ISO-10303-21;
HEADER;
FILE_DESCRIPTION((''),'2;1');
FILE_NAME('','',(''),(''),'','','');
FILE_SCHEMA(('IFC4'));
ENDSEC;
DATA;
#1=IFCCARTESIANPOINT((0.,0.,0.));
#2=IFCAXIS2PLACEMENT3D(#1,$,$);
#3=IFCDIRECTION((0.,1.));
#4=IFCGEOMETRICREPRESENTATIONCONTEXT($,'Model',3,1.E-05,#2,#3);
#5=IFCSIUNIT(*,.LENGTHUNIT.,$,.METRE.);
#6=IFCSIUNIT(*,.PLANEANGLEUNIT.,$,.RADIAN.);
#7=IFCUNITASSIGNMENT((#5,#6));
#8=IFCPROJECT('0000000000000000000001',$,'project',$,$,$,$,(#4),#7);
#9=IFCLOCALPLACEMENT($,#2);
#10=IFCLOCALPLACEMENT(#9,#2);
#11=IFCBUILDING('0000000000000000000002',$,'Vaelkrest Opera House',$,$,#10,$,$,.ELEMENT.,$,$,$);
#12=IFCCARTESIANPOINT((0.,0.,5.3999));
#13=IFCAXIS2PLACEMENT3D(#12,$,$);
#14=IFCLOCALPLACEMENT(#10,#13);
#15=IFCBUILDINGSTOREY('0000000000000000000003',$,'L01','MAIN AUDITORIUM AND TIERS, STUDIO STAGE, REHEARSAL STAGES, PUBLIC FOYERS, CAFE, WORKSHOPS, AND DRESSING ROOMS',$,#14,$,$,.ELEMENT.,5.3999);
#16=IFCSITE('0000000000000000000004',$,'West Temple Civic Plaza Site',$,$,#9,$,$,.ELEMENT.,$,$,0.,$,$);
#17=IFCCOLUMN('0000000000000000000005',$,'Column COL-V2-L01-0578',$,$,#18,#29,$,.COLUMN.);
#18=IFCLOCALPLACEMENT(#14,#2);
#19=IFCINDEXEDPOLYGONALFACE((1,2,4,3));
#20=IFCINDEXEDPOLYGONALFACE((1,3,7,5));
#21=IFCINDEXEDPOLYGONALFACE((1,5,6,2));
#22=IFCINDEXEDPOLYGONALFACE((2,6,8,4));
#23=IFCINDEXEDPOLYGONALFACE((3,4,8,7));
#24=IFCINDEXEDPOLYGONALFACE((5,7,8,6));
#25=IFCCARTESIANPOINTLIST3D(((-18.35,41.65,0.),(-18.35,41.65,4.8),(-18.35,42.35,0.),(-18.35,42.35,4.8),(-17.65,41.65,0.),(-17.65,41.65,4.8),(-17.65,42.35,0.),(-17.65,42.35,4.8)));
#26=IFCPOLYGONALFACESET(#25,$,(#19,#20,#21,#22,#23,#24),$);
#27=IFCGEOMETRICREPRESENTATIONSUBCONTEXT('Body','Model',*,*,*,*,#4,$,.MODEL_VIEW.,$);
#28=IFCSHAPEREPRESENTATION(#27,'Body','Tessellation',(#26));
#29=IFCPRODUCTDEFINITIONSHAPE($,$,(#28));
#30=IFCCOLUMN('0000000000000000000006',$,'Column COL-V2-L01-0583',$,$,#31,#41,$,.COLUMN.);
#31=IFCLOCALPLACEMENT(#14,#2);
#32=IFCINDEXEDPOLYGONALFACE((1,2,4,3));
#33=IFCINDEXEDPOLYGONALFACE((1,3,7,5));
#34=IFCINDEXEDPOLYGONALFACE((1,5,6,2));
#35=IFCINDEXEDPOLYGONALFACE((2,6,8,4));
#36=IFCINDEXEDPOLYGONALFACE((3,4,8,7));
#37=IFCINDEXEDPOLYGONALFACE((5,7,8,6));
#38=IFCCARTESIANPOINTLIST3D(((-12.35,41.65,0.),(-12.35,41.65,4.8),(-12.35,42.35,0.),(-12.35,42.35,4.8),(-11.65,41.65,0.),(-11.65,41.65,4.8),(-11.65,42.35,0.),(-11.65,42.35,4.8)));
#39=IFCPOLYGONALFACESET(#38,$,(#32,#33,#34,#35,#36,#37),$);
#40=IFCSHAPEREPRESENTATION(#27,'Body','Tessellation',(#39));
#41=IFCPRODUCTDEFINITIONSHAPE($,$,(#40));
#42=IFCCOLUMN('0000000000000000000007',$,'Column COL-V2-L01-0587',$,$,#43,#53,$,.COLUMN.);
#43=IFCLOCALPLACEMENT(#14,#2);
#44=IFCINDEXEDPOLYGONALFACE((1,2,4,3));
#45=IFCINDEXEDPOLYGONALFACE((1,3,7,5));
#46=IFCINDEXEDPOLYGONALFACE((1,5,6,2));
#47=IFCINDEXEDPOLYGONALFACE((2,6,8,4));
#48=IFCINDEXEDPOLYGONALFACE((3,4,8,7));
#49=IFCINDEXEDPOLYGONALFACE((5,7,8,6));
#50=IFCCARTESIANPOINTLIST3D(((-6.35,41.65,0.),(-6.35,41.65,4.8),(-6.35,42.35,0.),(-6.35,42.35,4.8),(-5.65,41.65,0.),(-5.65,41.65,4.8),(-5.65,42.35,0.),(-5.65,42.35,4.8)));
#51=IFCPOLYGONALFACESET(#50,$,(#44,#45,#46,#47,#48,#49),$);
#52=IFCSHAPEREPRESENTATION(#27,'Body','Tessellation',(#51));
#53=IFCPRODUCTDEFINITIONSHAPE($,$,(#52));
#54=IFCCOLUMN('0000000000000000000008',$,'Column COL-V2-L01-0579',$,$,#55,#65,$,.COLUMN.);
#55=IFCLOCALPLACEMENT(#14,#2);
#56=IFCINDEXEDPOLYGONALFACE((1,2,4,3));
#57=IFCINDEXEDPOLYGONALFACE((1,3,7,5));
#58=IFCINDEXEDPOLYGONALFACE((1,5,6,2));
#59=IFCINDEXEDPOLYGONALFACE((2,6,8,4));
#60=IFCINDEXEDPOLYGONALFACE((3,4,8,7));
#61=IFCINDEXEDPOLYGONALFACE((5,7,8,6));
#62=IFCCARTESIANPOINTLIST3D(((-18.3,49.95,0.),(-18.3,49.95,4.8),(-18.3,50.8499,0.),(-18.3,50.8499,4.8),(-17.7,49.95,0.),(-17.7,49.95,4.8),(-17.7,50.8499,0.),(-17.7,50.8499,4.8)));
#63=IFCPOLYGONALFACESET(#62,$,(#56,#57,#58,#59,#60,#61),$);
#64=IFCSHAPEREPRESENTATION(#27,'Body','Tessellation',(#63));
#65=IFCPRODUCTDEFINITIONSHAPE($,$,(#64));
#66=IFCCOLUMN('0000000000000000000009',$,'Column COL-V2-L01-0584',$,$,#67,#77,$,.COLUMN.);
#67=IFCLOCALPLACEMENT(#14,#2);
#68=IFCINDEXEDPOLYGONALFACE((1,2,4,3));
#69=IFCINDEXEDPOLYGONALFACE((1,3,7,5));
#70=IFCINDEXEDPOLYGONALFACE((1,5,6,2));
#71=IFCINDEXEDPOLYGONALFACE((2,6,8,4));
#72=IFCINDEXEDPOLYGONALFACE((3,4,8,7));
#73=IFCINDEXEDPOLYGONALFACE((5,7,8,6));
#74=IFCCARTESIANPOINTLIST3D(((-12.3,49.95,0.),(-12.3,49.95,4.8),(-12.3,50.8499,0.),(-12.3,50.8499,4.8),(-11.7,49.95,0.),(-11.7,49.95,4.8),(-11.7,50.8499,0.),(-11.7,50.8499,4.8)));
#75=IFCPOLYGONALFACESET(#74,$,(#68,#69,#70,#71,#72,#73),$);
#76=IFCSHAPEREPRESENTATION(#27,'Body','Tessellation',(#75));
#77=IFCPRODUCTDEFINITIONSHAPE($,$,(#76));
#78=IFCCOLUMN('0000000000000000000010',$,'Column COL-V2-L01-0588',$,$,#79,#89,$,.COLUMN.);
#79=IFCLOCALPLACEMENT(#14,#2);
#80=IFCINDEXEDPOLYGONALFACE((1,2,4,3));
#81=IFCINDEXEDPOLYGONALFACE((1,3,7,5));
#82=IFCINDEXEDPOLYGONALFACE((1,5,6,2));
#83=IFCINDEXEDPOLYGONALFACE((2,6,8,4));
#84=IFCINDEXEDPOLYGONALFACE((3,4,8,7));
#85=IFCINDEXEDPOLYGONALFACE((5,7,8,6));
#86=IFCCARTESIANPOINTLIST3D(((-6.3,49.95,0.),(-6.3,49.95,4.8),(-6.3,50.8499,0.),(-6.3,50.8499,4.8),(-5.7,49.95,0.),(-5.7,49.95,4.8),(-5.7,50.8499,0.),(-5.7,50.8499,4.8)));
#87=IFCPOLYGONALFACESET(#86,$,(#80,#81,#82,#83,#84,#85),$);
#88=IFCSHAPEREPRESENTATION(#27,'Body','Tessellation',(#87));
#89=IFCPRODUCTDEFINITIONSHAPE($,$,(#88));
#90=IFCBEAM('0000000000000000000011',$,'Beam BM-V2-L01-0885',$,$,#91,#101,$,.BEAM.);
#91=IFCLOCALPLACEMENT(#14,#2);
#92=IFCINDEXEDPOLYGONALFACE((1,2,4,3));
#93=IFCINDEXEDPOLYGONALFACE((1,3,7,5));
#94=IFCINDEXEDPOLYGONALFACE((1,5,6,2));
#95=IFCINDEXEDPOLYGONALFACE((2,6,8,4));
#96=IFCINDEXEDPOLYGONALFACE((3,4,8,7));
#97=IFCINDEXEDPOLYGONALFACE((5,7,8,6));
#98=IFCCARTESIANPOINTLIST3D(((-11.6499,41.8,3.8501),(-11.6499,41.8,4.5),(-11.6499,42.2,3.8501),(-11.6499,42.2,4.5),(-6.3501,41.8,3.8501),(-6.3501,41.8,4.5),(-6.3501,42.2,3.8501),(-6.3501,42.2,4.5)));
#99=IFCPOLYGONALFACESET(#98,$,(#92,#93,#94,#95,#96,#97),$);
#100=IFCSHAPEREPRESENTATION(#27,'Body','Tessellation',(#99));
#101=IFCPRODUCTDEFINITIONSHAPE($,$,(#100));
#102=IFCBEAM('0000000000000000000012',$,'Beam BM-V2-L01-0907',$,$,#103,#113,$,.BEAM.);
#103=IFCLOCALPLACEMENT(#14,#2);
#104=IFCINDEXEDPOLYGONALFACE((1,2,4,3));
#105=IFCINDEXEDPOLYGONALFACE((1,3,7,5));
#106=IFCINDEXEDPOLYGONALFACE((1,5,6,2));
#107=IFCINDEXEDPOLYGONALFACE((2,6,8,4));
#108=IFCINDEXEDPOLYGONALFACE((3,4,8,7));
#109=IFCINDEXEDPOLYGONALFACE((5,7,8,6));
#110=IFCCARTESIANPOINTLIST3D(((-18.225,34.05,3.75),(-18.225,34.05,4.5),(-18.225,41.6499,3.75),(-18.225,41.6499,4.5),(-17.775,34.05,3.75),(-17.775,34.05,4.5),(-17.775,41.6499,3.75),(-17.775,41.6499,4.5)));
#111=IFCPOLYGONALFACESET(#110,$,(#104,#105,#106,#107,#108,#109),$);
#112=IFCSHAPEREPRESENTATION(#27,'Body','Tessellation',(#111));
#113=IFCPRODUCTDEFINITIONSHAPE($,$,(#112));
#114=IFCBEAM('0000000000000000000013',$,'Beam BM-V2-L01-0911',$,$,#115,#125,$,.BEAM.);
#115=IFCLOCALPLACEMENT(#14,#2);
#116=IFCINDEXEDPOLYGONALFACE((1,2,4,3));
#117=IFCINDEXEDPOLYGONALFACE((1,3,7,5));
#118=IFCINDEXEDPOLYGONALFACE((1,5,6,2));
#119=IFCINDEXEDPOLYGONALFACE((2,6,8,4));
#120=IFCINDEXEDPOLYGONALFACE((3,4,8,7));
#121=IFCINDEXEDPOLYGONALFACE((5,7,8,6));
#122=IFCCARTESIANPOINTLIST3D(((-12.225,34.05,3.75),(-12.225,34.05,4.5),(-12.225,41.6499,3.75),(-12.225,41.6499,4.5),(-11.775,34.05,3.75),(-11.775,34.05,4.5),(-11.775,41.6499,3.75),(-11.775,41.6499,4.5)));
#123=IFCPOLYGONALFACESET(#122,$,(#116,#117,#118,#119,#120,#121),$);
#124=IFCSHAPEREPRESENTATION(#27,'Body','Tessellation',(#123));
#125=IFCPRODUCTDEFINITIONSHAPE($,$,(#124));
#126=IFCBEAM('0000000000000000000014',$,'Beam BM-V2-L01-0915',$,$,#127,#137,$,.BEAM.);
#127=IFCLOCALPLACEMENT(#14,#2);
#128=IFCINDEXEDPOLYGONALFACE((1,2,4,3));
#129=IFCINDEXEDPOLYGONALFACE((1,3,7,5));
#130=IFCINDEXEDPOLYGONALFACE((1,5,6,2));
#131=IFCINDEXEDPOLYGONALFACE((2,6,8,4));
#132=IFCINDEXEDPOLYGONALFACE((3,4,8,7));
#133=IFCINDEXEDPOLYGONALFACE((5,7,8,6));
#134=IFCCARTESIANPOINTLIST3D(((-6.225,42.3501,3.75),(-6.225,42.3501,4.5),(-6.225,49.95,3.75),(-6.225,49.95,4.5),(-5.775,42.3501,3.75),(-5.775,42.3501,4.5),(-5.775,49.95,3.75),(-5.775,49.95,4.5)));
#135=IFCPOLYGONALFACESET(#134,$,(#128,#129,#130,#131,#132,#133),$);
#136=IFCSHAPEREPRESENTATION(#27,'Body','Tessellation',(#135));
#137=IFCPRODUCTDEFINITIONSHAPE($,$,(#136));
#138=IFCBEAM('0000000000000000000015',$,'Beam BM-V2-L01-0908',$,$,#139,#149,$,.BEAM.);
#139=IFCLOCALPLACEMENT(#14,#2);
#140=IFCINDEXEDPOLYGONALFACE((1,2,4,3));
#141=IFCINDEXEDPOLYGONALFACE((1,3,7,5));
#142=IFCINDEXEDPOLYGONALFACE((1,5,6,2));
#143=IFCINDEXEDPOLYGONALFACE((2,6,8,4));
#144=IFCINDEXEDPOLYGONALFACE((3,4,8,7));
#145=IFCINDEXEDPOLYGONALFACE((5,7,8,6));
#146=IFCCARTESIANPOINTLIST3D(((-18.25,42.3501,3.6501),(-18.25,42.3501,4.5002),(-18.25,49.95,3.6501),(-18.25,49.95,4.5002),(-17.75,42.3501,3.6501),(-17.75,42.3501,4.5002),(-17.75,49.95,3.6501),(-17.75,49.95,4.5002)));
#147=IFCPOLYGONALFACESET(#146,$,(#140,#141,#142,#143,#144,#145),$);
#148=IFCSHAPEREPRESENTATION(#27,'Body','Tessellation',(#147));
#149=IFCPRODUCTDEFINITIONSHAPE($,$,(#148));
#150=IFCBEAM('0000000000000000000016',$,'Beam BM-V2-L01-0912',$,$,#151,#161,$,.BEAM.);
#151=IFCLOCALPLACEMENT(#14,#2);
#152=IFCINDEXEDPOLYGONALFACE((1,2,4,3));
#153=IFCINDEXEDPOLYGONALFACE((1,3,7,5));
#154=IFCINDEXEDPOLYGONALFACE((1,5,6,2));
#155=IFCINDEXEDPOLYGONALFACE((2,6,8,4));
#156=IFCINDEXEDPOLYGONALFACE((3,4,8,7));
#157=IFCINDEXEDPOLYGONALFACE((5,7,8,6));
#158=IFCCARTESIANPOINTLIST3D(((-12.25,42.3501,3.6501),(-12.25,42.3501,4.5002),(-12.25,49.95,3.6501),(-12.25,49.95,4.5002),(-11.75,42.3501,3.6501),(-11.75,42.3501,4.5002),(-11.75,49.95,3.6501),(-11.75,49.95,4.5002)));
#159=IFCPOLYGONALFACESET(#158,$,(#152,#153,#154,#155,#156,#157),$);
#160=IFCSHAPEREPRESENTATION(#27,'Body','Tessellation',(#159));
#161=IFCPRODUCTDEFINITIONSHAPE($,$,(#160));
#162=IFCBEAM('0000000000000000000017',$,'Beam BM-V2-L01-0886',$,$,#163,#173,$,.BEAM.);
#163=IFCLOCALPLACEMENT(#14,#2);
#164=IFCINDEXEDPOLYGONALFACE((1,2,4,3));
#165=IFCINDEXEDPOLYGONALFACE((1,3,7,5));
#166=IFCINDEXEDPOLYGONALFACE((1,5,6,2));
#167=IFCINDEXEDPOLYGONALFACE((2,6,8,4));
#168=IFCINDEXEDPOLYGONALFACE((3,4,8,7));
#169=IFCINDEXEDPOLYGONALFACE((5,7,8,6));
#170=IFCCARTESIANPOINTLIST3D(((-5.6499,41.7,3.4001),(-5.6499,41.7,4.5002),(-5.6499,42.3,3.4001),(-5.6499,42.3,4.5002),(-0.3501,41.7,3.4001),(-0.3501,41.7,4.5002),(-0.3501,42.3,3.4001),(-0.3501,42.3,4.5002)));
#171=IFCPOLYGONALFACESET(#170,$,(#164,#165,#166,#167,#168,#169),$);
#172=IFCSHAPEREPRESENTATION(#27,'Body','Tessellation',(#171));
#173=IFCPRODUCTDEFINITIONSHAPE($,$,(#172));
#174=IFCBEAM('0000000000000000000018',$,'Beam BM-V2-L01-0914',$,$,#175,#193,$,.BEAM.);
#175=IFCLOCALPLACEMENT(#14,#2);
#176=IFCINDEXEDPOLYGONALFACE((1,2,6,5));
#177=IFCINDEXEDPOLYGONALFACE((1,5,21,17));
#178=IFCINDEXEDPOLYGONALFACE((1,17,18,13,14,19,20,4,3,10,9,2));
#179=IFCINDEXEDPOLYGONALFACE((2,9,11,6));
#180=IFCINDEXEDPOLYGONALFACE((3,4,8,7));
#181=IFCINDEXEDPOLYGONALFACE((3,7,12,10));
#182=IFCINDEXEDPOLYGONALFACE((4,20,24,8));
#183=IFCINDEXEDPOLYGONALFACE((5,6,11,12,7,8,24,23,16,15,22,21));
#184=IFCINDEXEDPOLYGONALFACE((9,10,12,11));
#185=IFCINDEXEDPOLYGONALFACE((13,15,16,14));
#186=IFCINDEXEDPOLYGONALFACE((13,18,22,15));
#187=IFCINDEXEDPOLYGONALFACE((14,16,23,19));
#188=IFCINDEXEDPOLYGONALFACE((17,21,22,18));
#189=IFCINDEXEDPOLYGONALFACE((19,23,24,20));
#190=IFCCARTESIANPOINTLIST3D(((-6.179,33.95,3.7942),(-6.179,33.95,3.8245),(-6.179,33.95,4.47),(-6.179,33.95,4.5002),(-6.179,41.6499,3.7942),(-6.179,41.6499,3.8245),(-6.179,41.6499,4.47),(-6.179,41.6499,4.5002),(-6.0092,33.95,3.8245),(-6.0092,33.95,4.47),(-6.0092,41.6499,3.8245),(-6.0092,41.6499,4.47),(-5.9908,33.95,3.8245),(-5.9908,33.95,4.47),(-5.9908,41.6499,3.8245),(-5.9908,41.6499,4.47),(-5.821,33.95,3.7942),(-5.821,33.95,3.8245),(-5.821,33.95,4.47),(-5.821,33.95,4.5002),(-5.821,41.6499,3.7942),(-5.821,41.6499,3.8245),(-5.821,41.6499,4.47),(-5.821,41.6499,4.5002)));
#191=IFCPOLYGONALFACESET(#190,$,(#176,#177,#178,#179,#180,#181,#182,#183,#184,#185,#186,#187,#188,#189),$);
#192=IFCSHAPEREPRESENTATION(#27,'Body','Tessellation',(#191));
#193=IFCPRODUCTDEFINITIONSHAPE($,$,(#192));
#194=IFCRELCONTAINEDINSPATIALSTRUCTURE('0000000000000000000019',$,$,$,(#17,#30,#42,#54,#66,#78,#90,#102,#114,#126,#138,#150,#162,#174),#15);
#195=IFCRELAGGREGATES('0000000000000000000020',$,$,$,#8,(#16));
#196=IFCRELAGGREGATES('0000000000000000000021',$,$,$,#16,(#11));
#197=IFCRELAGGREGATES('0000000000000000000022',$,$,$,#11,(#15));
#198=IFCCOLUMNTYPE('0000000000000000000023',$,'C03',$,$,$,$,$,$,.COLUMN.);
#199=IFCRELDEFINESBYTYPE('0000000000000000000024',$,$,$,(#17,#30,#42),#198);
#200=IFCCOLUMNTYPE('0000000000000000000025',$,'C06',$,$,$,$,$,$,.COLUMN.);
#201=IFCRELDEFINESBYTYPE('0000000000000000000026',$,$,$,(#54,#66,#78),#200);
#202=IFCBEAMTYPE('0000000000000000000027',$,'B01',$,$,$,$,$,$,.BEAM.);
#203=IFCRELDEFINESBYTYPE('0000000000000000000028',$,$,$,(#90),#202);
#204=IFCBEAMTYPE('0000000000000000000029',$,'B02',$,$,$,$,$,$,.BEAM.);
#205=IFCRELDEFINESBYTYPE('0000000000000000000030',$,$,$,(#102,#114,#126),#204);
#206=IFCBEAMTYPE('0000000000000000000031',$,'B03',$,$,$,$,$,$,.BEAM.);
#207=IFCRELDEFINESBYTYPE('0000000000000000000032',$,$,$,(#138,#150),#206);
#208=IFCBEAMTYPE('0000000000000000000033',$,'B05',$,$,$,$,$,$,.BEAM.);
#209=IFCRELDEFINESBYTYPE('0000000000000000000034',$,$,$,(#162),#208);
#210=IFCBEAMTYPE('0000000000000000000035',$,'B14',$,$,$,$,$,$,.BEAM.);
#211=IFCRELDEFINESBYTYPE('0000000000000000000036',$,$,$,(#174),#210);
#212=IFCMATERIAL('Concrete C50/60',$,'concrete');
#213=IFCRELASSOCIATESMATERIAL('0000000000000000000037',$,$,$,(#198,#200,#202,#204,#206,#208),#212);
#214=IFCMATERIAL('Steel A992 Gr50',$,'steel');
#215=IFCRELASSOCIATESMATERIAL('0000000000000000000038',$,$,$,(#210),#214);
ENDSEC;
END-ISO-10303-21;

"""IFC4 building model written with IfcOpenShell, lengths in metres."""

from ifc_helpers import new_model, si_unit, direction, frame, origin, origin_2d, place, context, subcontext, project, spatial, rectangle, i_section, extrude, material, material_profile, profile_set, type_object, element, save


model = new_model("IFC4")

# Units and contexts
model_context = context("Model", 3, precision=1e-05, world=origin(), true_north=direction((0.0, 1.0)))
body_context = subcontext(model_context, "Body", "Model", "MODEL_VIEW")
ifc_project = project(units=[si_unit("LENGTHUNIT", "METRE"), si_unit("PLANEANGLEUNIT", "RADIAN")], contexts=[model_context])

# Site, building, storey
site_placement = place(None, origin())
site = spatial("IfcSite", under=ifc_project, at=site_placement, Name="West Temple Civic Plaza Site", CompositionType="ELEMENT", RefElevation=0.0)
building_placement = place(site_placement, origin())
building = spatial("IfcBuilding", under=site, at=building_placement, Name="Vaelkrest Opera House", CompositionType="ELEMENT")
storey_placement = place(building_placement, frame((0.0, 0.0, 5.3999)))
storey = spatial("IfcBuildingStorey", under=building, at=storey_placement, Name="L01", Description="MAIN AUDITORIUM AND TIERS, STUDIO STAGE, REHEARSAL STAGES, PUBLIC FOYERS, CAFE, WORKSHOPS, AND DRESSING ROOMS", CompositionType="ELEMENT", Elevation=5.3999)

# Columns
ifc_material_1 = material(Name="Concrete C50/60", Category="concrete")
ifc_material_profile_1 = material_profile(ifc_material_1, rectangle(XDim=0.7, YDim=0.7, at=origin_2d()), Name="RC700X700")
ifc_profile_set_1 = profile_set([ifc_material_profile_1], Name="Concrete C50/60")
column_type_1 = type_object("IfcColumnType", Name="C03", PredefinedType="COLUMN", material=ifc_profile_set_1)
for number, where, z_axis, x_axis, name in (
    (1, (-18.0, 42.0, 0.0), (0.0, 0.0, 1.0), (1.0, 0.0, 0.0), "Column COL-V2-L01-0578"),
    (2, (-12.0, 42.0, 0.0), (0.0, 0.0, 1.0), (1.0, 0.0, 0.0), "Column COL-V2-L01-0583"),
    (3, (-6.0, 42.0, 0.0), (0.0, 0.0, 1.0), (1.0, 0.0, 0.0), "Column COL-V2-L01-0587"),
):
    element("IfcColumn", number, at=place(storey_placement, frame(where, z_axis=z_axis, x_axis=x_axis)), inside=storey, type_object=column_type_1, Name=name, PredefinedType="COLUMN", context=body_context, shape_type="SweptSolid", body=[
        extrude(rectangle(XDim=0.7, YDim=0.7, at=origin_2d()), origin(), (0.0, 0.0, 1.0), 4.8),
    ])
ifc_material_profile_2 = material_profile(ifc_material_1, rectangle(XDim=0.6001, YDim=0.8999, at=origin_2d()), Name="RC600X900")
ifc_profile_set_2 = profile_set([ifc_material_profile_2], Name="Concrete C50/60")
column_type_2 = type_object("IfcColumnType", Name="C06", PredefinedType="COLUMN", material=ifc_profile_set_2)
for number, where, z_axis, x_axis, name in (
    (4, (-18.0, 50.3999, 0.0), (0.0, 0.0, 1.0), (1.0, 0.0, 0.0), "Column COL-V2-L01-0579"),
    (5, (-12.0, 50.3999, 0.0), (0.0, 0.0, 1.0), (1.0, 0.0, 0.0), "Column COL-V2-L01-0584"),
    (6, (-6.0, 50.3999, 0.0), (0.0, 0.0, 1.0), (1.0, 0.0, 0.0), "Column COL-V2-L01-0588"),
):
    element("IfcColumn", number, at=place(storey_placement, frame(where, z_axis=z_axis, x_axis=x_axis)), inside=storey, type_object=column_type_2, Name=name, PredefinedType="COLUMN", context=body_context, shape_type="SweptSolid", body=[
        extrude(rectangle(XDim=0.6001, YDim=0.8999, at=origin_2d()), origin(), (0.0, 0.0, 1.0), 4.8),
    ])

# Beams
ifc_material_profile_3 = material_profile(ifc_material_1, rectangle(XDim=0.3999, YDim=0.6499, at=origin_2d()), Name="RCB400X650")
ifc_profile_set_3 = profile_set([ifc_material_profile_3], Name="Concrete C50/60")
beam_type_1 = type_object("IfcBeamType", Name="B01", PredefinedType="BEAM", material=ifc_profile_set_3)
beam_1_placement = place(storey_placement, frame((-11.6499, 42.0, 4.175), z_axis=(1.0, 0.0, 0.0), x_axis=(0.0, 1.0, 0.0)))
element("IfcBeam", 7, at=beam_1_placement, inside=storey, type_object=beam_type_1, Name="Beam BM-V2-L01-0885", PredefinedType="BEAM", context=body_context, shape_type="SweptSolid", body=[
    extrude(rectangle(XDim=0.3999, YDim=0.6499, at=origin_2d()), origin(), (0.0, 0.0, 1.0), 5.2998),
])
ifc_material_profile_4 = material_profile(ifc_material_1, rectangle(XDim=0.45, YDim=0.75, at=origin_2d()), Name="RCB450X750")
ifc_profile_set_4 = profile_set([ifc_material_profile_4], Name="Concrete C50/60")
beam_type_2 = type_object("IfcBeamType", Name="B02", PredefinedType="BEAM", material=ifc_profile_set_4)
for number, where, z_axis, x_axis, name in (
    (8, (-18.0, 34.05, 4.125), (0.0, 1.0, 0.0), (-1.0, 0.0, 0.0), "Beam BM-V2-L01-0907"),
    (9, (-12.0, 34.05, 4.125), (0.0, 1.0, 0.0), (-1.0, 0.0, 0.0), "Beam BM-V2-L01-0911"),
    (10, (-6.0, 42.3501, 4.125), (0.0, 1.0, 0.0), (-1.0, 0.0, 0.0), "Beam BM-V2-L01-0915"),
):
    element("IfcBeam", number, at=place(storey_placement, frame(where, z_axis=z_axis, x_axis=x_axis)), inside=storey, type_object=beam_type_2, Name=name, PredefinedType="BEAM", context=body_context, shape_type="SweptSolid", body=[
        extrude(rectangle(XDim=0.45, YDim=0.75, at=origin_2d()), origin(), (0.0, 0.0, 1.0), 7.5999),
    ])
ifc_material_profile_5 = material_profile(ifc_material_1, rectangle(XDim=0.5, YDim=0.8501, at=origin_2d()), Name="RCB500X850")
ifc_profile_set_5 = profile_set([ifc_material_profile_5], Name="Concrete C50/60")
beam_type_3 = type_object("IfcBeamType", Name="B03", PredefinedType="BEAM", material=ifc_profile_set_5)
for number, where, z_axis, x_axis, name in (
    (11, (-18.0, 42.3501, 4.0752), (0.0, 1.0, 0.0), (-1.0, 0.0, 0.0), "Beam BM-V2-L01-0908"),
    (12, (-12.0, 42.3501, 4.0752), (0.0, 1.0, 0.0), (-1.0, 0.0, 0.0), "Beam BM-V2-L01-0912"),
):
    element("IfcBeam", number, at=place(storey_placement, frame(where, z_axis=z_axis, x_axis=x_axis)), inside=storey, type_object=beam_type_3, Name=name, PredefinedType="BEAM", context=body_context, shape_type="SweptSolid", body=[
        extrude(rectangle(XDim=0.5, YDim=0.8501, at=origin_2d()), origin(), (0.0, 0.0, 1.0), 7.5999),
    ])
ifc_material_profile_6 = material_profile(ifc_material_1, rectangle(XDim=0.6001, YDim=1.1001, at=origin_2d()), Name="RCB600X1100")
ifc_profile_set_6 = profile_set([ifc_material_profile_6], Name="Concrete C50/60")
beam_type_4 = type_object("IfcBeamType", Name="B05", PredefinedType="BEAM", material=ifc_profile_set_6)
beam_2_placement = place(storey_placement, frame((-5.6499, 42.0, 3.9502), z_axis=(1.0, 0.0, 0.0), x_axis=(0.0, 1.0, 0.0)))
element("IfcBeam", 13, at=beam_2_placement, inside=storey, type_object=beam_type_4, Name="Beam BM-V2-L01-0886", PredefinedType="BEAM", context=body_context, shape_type="SweptSolid", body=[
    extrude(rectangle(XDim=0.6001, YDim=1.1001, at=origin_2d()), origin(), (0.0, 0.0, 1.0), 5.2998),
])
ifc_material_2 = material(Name="Steel A992 Gr50", Category="steel")
ifc_material_profile_7 = material_profile(ifc_material_2, i_section(OverallWidth=0.3579, OverallDepth=0.7061, WebThickness=0.0183, FlangeThickness=0.0303, at=origin_2d()), Name="W27X178")
ifc_profile_set_7 = profile_set([ifc_material_profile_7], Name="Steel A992 Gr50")
beam_type_5 = type_object("IfcBeamType", Name="B14", PredefinedType="BEAM", material=ifc_profile_set_7)
beam_3_placement = place(storey_placement, frame((-6.0, 33.95, 4.1472), z_axis=(0.0, 1.0, 0.0), x_axis=(-1.0, 0.0, 0.0)))
element("IfcBeam", 14, at=beam_3_placement, inside=storey, type_object=beam_type_5, Name="Beam BM-V2-L01-0914", PredefinedType="BEAM", context=body_context, shape_type="SweptSolid", body=[
    extrude(i_section(OverallWidth=0.3579, OverallDepth=0.7061, WebThickness=0.0183, FlangeThickness=0.0303, at=origin_2d()), origin(), (0.0, 0.0, 1.0), 7.7),
])

save(model, "model.ifc")
